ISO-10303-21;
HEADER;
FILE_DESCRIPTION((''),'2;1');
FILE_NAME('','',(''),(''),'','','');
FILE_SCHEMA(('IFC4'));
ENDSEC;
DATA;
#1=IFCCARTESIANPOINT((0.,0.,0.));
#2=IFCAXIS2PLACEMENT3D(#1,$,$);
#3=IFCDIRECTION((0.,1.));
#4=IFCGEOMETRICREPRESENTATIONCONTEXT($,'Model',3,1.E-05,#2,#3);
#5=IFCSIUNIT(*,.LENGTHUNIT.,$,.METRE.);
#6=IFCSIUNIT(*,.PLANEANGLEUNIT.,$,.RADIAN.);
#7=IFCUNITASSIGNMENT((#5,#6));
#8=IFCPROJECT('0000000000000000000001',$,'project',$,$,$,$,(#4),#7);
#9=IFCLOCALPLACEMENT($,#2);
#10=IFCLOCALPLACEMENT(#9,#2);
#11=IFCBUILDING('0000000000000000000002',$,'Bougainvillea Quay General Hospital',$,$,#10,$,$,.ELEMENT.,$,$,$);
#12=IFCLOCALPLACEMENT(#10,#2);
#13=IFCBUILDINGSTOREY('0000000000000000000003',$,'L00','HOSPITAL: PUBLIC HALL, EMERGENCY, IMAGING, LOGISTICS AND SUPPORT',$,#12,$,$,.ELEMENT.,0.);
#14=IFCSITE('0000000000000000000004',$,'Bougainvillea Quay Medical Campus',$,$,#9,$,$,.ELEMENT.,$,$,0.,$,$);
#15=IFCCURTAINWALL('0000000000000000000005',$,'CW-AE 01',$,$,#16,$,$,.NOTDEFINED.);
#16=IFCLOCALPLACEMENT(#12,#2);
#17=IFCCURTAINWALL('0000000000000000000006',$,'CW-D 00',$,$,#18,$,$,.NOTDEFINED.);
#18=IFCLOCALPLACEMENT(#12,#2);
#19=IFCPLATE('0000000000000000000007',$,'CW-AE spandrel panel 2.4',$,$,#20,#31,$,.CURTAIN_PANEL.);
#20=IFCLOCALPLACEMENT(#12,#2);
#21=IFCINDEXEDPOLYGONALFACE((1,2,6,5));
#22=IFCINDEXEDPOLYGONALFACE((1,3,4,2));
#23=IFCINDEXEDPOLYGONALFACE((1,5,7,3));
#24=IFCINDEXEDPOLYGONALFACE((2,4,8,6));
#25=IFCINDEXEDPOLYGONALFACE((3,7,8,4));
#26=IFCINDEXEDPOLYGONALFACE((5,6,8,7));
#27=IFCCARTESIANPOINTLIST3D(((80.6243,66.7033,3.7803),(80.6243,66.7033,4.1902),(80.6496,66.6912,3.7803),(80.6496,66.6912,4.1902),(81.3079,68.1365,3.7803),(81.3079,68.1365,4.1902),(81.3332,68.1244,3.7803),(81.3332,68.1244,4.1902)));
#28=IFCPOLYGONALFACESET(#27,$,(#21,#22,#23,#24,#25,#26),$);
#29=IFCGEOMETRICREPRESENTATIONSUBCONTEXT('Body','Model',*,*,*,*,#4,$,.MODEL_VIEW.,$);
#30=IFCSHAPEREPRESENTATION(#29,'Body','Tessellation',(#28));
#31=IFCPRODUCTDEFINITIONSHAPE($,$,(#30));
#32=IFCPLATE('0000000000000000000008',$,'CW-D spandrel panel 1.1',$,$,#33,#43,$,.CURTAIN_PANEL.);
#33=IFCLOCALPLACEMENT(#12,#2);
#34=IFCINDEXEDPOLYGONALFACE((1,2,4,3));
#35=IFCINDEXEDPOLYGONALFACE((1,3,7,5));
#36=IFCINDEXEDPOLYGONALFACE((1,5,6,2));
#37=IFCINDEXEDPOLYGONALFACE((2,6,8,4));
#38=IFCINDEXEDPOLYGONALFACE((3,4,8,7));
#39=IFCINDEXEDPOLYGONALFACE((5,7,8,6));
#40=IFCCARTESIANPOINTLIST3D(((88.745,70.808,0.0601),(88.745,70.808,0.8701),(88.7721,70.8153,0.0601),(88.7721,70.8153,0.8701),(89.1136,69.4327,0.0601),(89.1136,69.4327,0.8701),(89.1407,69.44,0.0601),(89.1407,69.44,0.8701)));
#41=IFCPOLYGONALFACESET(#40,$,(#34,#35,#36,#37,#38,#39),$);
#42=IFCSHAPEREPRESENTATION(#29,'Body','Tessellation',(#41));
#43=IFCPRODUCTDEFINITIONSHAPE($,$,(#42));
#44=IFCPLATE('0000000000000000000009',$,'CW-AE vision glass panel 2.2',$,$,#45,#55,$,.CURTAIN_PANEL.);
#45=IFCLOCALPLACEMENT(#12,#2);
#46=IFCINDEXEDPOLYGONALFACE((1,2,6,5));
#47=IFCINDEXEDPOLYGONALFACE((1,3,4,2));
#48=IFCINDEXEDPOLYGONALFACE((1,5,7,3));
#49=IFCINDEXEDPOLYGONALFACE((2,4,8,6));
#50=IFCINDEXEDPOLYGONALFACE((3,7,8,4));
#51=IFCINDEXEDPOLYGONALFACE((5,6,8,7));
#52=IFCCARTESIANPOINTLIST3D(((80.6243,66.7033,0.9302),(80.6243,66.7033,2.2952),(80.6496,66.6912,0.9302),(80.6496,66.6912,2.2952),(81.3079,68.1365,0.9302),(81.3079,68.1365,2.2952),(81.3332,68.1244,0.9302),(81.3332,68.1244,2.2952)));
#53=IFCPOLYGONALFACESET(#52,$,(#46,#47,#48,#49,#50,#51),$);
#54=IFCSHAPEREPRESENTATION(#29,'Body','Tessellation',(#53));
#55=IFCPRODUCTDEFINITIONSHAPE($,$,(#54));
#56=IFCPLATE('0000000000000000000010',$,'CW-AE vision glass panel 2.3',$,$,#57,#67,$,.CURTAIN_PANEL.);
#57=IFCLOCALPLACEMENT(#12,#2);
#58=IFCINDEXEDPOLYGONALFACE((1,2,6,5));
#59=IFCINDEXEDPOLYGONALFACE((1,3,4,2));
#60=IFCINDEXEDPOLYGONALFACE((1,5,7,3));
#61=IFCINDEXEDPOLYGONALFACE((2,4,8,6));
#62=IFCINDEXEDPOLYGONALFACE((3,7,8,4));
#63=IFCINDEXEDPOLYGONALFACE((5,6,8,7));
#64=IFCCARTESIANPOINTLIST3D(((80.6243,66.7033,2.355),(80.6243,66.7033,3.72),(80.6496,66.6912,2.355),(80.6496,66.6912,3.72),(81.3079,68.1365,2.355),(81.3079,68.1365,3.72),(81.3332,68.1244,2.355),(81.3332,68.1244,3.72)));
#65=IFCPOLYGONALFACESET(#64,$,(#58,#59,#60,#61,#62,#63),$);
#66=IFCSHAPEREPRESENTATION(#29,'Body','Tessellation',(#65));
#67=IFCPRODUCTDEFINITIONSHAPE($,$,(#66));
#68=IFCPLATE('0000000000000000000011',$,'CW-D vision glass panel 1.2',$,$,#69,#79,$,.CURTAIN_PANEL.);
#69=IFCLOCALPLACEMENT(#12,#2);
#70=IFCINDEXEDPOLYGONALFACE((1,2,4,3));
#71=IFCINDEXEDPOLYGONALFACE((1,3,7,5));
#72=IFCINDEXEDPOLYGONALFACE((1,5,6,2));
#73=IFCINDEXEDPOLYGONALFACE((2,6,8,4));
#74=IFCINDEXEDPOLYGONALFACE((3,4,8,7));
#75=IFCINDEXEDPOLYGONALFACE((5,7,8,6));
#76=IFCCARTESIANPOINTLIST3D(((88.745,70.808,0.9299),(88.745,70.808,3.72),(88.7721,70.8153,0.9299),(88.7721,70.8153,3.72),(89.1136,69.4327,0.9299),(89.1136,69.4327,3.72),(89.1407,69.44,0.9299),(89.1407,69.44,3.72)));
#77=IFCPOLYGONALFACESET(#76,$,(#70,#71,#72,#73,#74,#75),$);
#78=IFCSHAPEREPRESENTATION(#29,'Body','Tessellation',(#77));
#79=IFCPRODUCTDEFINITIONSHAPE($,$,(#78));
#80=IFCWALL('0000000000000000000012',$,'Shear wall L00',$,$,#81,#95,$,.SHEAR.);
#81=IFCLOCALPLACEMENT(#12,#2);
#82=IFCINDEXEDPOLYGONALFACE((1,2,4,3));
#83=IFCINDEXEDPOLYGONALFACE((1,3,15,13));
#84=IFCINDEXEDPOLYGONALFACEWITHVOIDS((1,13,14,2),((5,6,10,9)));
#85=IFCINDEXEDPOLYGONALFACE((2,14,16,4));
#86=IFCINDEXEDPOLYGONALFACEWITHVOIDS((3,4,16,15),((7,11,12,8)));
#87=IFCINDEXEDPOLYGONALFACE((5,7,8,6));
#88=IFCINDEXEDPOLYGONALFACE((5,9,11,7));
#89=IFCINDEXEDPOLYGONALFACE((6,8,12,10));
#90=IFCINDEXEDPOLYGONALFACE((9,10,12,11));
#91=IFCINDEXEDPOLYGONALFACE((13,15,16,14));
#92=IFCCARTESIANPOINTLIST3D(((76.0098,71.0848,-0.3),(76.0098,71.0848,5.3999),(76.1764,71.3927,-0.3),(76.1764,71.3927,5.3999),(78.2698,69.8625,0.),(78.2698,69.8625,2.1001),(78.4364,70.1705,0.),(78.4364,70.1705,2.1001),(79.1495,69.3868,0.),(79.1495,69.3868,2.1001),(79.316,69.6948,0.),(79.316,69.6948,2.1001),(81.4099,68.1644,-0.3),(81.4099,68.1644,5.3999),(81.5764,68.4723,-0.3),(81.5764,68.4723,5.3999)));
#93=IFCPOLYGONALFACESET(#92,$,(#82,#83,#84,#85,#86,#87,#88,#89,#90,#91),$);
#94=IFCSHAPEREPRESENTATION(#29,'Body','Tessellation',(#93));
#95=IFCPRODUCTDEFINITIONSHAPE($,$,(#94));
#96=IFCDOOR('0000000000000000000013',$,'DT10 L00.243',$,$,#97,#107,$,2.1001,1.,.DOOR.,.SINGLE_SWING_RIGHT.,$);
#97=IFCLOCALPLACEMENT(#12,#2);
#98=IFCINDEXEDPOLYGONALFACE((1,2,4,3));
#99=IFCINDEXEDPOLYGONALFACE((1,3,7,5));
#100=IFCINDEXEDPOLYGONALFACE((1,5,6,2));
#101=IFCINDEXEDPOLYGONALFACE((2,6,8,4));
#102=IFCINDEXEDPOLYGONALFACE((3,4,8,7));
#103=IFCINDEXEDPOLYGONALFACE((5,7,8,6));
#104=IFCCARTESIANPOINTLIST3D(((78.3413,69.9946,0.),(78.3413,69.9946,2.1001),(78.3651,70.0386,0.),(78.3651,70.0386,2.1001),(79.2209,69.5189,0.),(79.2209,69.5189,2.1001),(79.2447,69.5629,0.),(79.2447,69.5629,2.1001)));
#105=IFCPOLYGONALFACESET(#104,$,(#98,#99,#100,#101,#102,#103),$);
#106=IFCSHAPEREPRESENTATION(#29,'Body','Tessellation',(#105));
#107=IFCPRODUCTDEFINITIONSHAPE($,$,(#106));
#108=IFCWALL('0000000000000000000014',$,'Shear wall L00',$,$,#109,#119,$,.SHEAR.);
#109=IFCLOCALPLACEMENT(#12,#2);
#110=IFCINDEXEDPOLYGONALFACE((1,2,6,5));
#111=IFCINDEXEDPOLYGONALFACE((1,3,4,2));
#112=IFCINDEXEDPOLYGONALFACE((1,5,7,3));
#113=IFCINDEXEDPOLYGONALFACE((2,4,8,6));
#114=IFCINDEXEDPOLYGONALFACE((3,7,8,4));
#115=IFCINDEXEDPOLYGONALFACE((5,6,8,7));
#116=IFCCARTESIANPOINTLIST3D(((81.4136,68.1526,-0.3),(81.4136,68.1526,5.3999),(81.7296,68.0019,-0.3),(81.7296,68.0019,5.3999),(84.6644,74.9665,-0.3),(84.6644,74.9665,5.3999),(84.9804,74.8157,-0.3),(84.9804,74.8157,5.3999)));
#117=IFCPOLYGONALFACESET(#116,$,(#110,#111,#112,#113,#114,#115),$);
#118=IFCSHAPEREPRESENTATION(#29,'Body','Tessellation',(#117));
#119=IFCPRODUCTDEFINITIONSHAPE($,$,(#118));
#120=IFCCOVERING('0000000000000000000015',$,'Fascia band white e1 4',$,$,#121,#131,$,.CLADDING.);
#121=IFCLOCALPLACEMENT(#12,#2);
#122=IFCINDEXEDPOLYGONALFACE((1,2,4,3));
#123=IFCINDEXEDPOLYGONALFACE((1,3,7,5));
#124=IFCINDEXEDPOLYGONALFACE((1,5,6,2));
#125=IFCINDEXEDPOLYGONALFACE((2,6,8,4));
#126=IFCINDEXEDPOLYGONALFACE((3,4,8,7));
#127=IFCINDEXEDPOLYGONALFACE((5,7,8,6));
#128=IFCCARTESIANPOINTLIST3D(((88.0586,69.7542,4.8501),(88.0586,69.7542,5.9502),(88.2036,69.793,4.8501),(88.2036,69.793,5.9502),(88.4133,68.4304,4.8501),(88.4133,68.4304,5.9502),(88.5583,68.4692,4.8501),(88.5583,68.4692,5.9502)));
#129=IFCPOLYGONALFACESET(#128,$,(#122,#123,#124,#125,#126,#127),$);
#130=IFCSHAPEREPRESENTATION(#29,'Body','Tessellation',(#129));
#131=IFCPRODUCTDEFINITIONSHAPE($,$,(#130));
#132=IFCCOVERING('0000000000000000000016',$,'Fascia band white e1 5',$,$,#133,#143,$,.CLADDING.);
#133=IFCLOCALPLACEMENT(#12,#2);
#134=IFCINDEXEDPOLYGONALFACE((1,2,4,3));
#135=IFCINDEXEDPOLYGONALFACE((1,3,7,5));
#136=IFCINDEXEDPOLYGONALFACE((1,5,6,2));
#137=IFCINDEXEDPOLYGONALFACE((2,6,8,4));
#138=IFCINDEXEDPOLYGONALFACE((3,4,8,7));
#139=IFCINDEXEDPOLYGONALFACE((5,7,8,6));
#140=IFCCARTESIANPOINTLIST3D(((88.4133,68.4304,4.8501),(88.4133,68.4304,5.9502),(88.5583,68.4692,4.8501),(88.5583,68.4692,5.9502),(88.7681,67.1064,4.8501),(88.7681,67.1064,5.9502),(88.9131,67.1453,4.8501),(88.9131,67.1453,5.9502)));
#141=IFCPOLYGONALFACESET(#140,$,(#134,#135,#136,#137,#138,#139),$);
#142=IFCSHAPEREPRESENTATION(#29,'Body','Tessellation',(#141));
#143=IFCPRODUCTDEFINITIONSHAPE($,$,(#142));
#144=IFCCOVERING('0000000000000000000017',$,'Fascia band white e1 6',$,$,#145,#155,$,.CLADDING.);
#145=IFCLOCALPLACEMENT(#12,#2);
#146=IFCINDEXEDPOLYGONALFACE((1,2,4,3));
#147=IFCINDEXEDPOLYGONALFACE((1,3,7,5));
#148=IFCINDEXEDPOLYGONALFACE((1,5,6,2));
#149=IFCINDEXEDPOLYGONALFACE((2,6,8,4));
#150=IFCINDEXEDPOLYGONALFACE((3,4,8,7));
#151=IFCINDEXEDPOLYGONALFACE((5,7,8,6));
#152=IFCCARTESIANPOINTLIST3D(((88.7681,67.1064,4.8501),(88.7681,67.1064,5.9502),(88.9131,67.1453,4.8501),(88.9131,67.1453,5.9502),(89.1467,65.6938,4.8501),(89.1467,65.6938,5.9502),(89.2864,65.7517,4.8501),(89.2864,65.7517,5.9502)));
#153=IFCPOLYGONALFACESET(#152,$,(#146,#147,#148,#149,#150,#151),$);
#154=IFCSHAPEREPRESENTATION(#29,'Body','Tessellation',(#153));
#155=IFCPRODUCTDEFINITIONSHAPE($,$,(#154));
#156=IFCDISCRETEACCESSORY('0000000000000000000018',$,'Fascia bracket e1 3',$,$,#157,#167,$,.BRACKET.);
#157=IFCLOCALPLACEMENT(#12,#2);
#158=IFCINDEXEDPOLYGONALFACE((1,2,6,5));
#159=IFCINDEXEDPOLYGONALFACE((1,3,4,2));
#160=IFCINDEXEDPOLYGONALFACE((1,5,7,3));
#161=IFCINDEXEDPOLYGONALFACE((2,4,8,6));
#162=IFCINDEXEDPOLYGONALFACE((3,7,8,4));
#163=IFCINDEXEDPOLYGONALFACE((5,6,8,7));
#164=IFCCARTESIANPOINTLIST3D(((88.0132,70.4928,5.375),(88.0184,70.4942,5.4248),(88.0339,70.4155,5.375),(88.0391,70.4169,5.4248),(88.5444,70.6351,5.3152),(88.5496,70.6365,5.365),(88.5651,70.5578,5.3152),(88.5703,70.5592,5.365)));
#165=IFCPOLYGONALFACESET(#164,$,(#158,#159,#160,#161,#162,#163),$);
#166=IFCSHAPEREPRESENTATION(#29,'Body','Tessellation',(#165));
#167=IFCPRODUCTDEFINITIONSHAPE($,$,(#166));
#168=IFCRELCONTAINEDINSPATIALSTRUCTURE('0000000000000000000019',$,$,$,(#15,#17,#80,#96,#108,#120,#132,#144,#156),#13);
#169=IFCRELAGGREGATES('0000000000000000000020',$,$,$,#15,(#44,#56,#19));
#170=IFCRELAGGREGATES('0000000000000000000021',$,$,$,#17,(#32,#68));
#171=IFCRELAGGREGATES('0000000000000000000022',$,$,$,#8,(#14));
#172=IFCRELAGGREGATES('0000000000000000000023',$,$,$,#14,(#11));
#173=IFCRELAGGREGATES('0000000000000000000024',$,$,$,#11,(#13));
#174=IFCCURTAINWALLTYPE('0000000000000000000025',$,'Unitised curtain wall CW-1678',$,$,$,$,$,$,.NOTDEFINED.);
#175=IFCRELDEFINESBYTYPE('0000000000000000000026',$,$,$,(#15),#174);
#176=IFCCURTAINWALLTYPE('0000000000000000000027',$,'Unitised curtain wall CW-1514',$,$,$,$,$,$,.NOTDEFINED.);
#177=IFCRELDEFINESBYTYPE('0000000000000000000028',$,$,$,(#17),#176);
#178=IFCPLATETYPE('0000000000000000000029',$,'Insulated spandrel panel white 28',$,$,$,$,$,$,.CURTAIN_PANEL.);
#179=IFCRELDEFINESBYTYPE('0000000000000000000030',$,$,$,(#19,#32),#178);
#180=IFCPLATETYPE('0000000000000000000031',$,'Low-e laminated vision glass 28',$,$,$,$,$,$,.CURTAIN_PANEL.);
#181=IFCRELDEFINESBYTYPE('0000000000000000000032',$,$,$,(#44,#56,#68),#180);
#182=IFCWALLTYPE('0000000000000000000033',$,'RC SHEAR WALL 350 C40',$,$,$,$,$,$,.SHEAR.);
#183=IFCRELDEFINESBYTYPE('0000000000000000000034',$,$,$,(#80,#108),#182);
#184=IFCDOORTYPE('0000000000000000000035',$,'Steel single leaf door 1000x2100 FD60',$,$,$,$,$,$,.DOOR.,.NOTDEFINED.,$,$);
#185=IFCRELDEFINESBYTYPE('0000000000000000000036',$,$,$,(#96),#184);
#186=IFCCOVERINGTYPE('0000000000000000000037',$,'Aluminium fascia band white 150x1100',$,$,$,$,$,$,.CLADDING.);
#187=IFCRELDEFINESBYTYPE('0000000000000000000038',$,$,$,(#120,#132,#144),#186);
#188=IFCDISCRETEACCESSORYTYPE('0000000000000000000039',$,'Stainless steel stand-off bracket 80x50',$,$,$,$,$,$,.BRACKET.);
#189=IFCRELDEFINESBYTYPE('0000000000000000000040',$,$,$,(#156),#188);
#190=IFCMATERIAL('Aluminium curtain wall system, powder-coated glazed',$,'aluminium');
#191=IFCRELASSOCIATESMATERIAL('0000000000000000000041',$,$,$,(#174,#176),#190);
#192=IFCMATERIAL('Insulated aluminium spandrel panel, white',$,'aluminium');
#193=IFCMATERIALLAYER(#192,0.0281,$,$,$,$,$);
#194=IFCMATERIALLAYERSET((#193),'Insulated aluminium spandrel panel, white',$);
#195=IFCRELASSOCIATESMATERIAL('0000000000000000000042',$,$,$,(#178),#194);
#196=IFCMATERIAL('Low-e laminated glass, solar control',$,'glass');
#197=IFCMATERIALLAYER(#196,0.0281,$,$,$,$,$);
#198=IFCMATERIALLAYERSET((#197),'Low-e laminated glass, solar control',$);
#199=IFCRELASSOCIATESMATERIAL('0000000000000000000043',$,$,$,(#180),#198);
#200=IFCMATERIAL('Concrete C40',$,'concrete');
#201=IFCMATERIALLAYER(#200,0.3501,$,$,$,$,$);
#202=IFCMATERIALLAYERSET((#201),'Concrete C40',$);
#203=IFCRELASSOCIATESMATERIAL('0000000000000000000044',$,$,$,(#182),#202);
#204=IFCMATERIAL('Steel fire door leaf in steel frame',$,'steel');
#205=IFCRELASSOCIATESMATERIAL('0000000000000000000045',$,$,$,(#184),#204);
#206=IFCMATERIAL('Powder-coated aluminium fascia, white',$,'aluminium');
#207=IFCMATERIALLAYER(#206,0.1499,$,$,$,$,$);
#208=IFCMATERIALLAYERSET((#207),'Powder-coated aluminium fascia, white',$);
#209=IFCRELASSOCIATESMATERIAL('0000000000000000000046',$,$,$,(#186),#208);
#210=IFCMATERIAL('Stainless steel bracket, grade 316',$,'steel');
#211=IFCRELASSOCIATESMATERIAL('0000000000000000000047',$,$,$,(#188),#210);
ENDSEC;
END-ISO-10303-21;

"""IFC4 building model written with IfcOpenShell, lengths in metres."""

from ifc_helpers import new_model, si_unit, direction, frame, frame_2d, origin, origin_2d, place, context, subcontext, project, spatial, polyline, rectangle, outline, extrude, material, layer, layer_set, material_profile, profile_set, type_object, element, fill, aggregate, save


model = new_model("IFC4")

# Units and contexts
model_context = context("Model", 3, precision=1e-05, world=origin(), true_north=direction((0.0, 1.0)))
body_context = subcontext(model_context, "Body", "Model", "MODEL_VIEW")
ifc_project = project(units=[si_unit("LENGTHUNIT", "METRE"), si_unit("PLANEANGLEUNIT", "RADIAN")], contexts=[model_context])

# Site, building, storey
site_placement = place(None, origin())
site = spatial("IfcSite", under=ifc_project, at=site_placement, Name="Bougainvillea Quay Medical Campus", CompositionType="ELEMENT", RefElevation=0.0)
building_placement = place(site_placement, origin())
building = spatial("IfcBuilding", under=site, at=building_placement, Name="Bougainvillea Quay General Hospital", CompositionType="ELEMENT")
storey_placement = place(building_placement, origin())
storey = spatial("IfcBuildingStorey", under=building, at=storey_placement, Name="L00", Description="HOSPITAL: PUBLIC HALL, EMERGENCY, IMAGING, LOGISTICS AND SUPPORT", CompositionType="ELEMENT", Elevation=0.0)

# Shared definitions
ifc_material_1 = material(Name="Concrete C40", Category="concrete")

# Curtain wall
ifc_material_2 = material(Name="Aluminium curtain wall system, powder-coated glazed", Category="aluminium")
curtain_wall_type_1 = type_object("IfcCurtainWallType", Name="Unitised curtain wall CW-1678", PredefinedType="NOTDEFINED", material=ifc_material_2)
curtain_wall_1_placement = place(storey_placement, origin())
curtain_wall_1 = element("IfcCurtainWall", 1, at=curtain_wall_1_placement, inside=storey, type_object=curtain_wall_type_1, Name="CW-AE 01", PredefinedType="NOTDEFINED")

# Curtain wall
curtain_wall_type_2 = type_object("IfcCurtainWallType", Name="Unitised curtain wall CW-1514", PredefinedType="NOTDEFINED", material=ifc_material_2)
curtain_wall_2_placement = place(storey_placement, origin())
curtain_wall_2 = element("IfcCurtainWall", 2, at=curtain_wall_2_placement, inside=storey, type_object=curtain_wall_type_2, Name="CW-D 00", PredefinedType="NOTDEFINED")

# Plates
ifc_material_3 = material(Name="Insulated aluminium spandrel panel, white", Category="aluminium")
ifc_layer_1 = layer(ifc_material_3, 0.0281)
ifc_layer_set_1 = layer_set([ifc_layer_1], Name="Insulated aluminium spandrel panel, white")
plate_type_1 = type_object("IfcPlateType", Name="Insulated spandrel panel white 28", PredefinedType="CURTAIN_PANEL", material=ifc_layer_set_1)
plate_1_placement = place(storey_placement, frame((80.9788, 67.4138, 3.7803), z_axis=(0.0, 0.0, 1.0), x_axis=(0.43053, 0.902576, 0.0)))
plate_1 = element("IfcPlate", 3, at=plate_1_placement, type_object=plate_type_1, Name="CW-AE spandrel panel 2.4", PredefinedType="CURTAIN_PANEL", context=body_context, shape_type="SweptSolid", body=[
    extrude(rectangle(XDim=1.5879, YDim=0.0281, at=origin_2d()), origin(), (0.0, 0.0, 1.0), 0.4099),
])
plate_2_placement = place(storey_placement, frame((88.9429, 70.124, 0.0601), z_axis=(0.0, 0.0, 1.0), x_axis=(0.258855, -0.965916, 0.0)))
plate_2 = element("IfcPlate", 4, at=plate_2_placement, type_object=plate_type_1, Name="CW-D spandrel panel 1.1", PredefinedType="CURTAIN_PANEL", context=body_context, shape_type="SweptSolid", body=[
    extrude(rectangle(XDim=1.4238, YDim=0.0281, at=origin_2d()), origin(), (0.0, 0.0, 1.0), 0.8101),
])
ifc_material_4 = material(Name="Low-e laminated glass, solar control", Category="glass")
ifc_layer_2 = layer(ifc_material_4, 0.0281)
ifc_layer_set_2 = layer_set([ifc_layer_2], Name="Low-e laminated glass, solar control")
plate_type_2 = type_object("IfcPlateType", Name="Low-e laminated vision glass 28", PredefinedType="CURTAIN_PANEL", material=ifc_layer_set_2)
plate_3_placement = place(storey_placement, frame((80.9788, 67.4138, 0.9302), z_axis=(0.0, 0.0, 1.0), x_axis=(0.43053, 0.902576, 0.0)))
plate_3 = element("IfcPlate", 5, at=plate_3_placement, type_object=plate_type_2, Name="CW-AE vision glass panel 2.2", PredefinedType="CURTAIN_PANEL", context=body_context, shape_type="SweptSolid", body=[
    extrude(rectangle(XDim=1.5879, YDim=0.0281, at=origin_2d()), origin(), (0.0, 0.0, 1.0), 1.365),
])
plate_4_placement = place(storey_placement, frame((80.9788, 67.4138, 2.355), z_axis=(0.0, 0.0, 1.0), x_axis=(0.43053, 0.902576, 0.0)))
plate_4 = element("IfcPlate", 6, at=plate_4_placement, type_object=plate_type_2, Name="CW-AE vision glass panel 2.3", PredefinedType="CURTAIN_PANEL", context=body_context, shape_type="SweptSolid", body=[
    extrude(rectangle(XDim=1.5879, YDim=0.0281, at=origin_2d()), origin(), (0.0, 0.0, 1.0), 1.365),
])
aggregate(curtain_wall_1, [plate_3, plate_4, plate_1])
plate_5_placement = place(storey_placement, frame((88.9429, 70.124, 0.9299), z_axis=(0.0, 0.0, 1.0), x_axis=(0.258855, -0.965916, 0.0)))
plate_5 = element("IfcPlate", 7, at=plate_5_placement, type_object=plate_type_2, Name="CW-D vision glass panel 1.2", PredefinedType="CURTAIN_PANEL", context=body_context, shape_type="SweptSolid", body=[
    extrude(rectangle(XDim=1.4238, YDim=0.0281, at=origin_2d()), origin(), (0.0, 0.0, 1.0), 2.79),
])
aggregate(curtain_wall_2, [plate_2, plate_5])

# Wall, opening, door
ifc_layer_3 = layer(ifc_material_1, 0.3501)
ifc_layer_set_3 = layer_set([ifc_layer_3], Name="Concrete C40")
wall_type = type_object("IfcWallType", Name="RC SHEAR WALL 350 C40", PredefinedType="SHEAR", material=ifc_layer_set_3)
wall_1_placement = place(storey_placement, frame((81.4932, 68.3184, -0.3), z_axis=(0.0, 0.0, 1.0), x_axis=(-0.87961, 0.475695, 0.0)))
wall_1 = element("IfcWall", 8, at=wall_1_placement, inside=storey, type_object=wall_type, Name="Shear wall L00", PredefinedType="SHEAR", context=body_context, shape_type="SweptSolid", body=[
    extrude(rectangle(XDim=6.1392, YDim=0.3501, at=frame_2d((3.0696, 0.0))), origin(), (0.0, 0.0, 1.0), 5.7),
])
opening_placement = place(wall_1_placement, frame((2.5698, 0.0, 0.3)))
opening = element("IfcOpeningElement", 9, at=opening_placement, cuts=wall_1, PredefinedType="OPENING", context=body_context, shape_type="SweptSolid", body=[
    extrude(rectangle(XDim=1.0, YDim=2.1001, at=frame_2d((0.5, 1.05))), frame((0.0, 0.1851, 0.0), z_axis=(0.0, -1.0, 0.0), x_axis=(1.0, 0.0, 0.0)), (0.0, 0.0, 1.0), 0.3701),
])
ifc_material_5 = material(Name="Steel fire door leaf in steel frame", Category="steel")
door_type = type_object("IfcDoorType", Name="Steel single leaf door 1000x2100 FD60", OperationType="NOTDEFINED", PredefinedType="DOOR", material=ifc_material_5)
door_placement = place(opening_placement, origin())
door = element("IfcDoor", 10, at=door_placement, inside=storey, type_object=door_type, Name="DT10 L00.243", OperationType="SINGLE_SWING_RIGHT", OverallHeight=2.1001, OverallWidth=1.0, PredefinedType="DOOR", context=body_context, shape_type="SweptSolid", body=[
    extrude(rectangle(XDim=1.0, YDim=2.1001, at=frame_2d((0.5, 1.05))), frame((0.0, 0.0249, 0.0), z_axis=(0.0, -1.0, 0.0), x_axis=(1.0, 0.0, 0.0)), (0.0, 0.0, 1.0), 0.05),
])
fill(opening, door)

# Wall
wall_2_placement = place(storey_placement, frame((81.5715, 68.0771, -0.3), z_axis=(0.0, 0.0, 1.0), x_axis=(0.430592, 0.902546, 0.0)))
element("IfcWall", 11, at=wall_2_placement, inside=storey, type_object=wall_type, Name="Shear wall L00", PredefinedType="SHEAR", context=body_context, shape_type="SweptSolid", body=[
    extrude(rectangle(XDim=7.5496, YDim=0.3501, at=frame_2d((3.7749, 0.0))), origin(), (0.0, 0.0, 1.0), 5.7),
])

# Coverings
ifc_material_6 = material(Name="Powder-coated aluminium fascia, white", Category="aluminium")
ifc_layer_4 = layer(ifc_material_6, 0.1499)
ifc_layer_set_4 = layer_set([ifc_layer_4], Name="Powder-coated aluminium fascia, white")
covering_type = type_object("IfcCoveringType", Name="Aluminium fascia band white 150x1100", PredefinedType="CLADDING", material=ifc_layer_set_4)
covering_1_placement = place(storey_placement, frame((88.2036, 69.793, 4.8501), z_axis=(0.0, 0.0, 1.0), x_axis=(0.258849, -0.965918, 0.0)))
element("IfcCovering", 12, at=covering_1_placement, inside=storey, type_object=covering_type, Name="Fascia band white e1 4", PredefinedType="CLADDING", context=body_context, shape_type="SweptSolid", body=[
    extrude(outline(polyline([(0.0, 0.0), (1.3704, 0.0), (1.3704, -0.1501), (0.0, -0.1501), (0.0, 0.0)])), origin(), (0.0, 0.0, 1.0), 1.1001),
])
covering_2_placement = place(storey_placement, frame((88.5583, 68.4692, 4.8501), z_axis=(0.0, 0.0, 1.0), x_axis=(0.258804, -0.96593, 0.0)))
element("IfcCovering", 13, at=covering_2_placement, inside=storey, type_object=covering_type, Name="Fascia band white e1 5", PredefinedType="CLADDING", context=body_context, shape_type="SweptSolid", body=[
    extrude(outline(polyline([(0.0, 0.0), (1.3707, 0.0), (1.3706, -0.1501), (0.0, -0.1501), (0.0, 0.0)])), origin(), (0.0, 0.0, 1.0), 1.1001),
])
covering_3_placement = place(storey_placement, frame((88.9131, 67.1453, 4.8501), z_axis=(0.0, 0.0, 1.0), x_axis=(0.258747, -0.965945, 0.0)))
element("IfcCovering", 14, at=covering_3_placement, inside=storey, type_object=covering_type, Name="Fascia band white e1 6", PredefinedType="CLADDING", context=body_context, shape_type="SweptSolid", body=[
    extrude(outline(polyline([(0.0, 0.0), (1.4427, 0.0), (1.4624, -0.1499), (0.0, -0.1501), (0.0, 0.0)])), origin(), (0.0, 0.0, 1.0), 1.1001),
])

# Discrete accessory
ifc_material_7 = material(Name="Stainless steel bracket, grade 316", Category="steel")
ifc_material_profile_1 = material_profile(ifc_material_7, rectangle(XDim=0.0801, YDim=0.05, at=origin_2d()))
ifc_profile_set_1 = profile_set([ifc_material_profile_1], Name="Stainless steel bracket, grade 316")
discrete_accessory_type = type_object("IfcDiscreteAccessoryType", Name="Stainless steel stand-off bracket 80x50", PredefinedType="BRACKET", material=ifc_profile_set_1)
discrete_accessory_placement = place(storey_placement, frame((88.5574, 70.5972, 5.3401), z_axis=(-0.96027, -0.257278, 0.108119), x_axis=(0.258795, -0.965932, 0.0)))
element("IfcDiscreteAccessory", 15, at=discrete_accessory_placement, inside=storey, type_object=discrete_accessory_type, Name="Fascia bracket e1 3", PredefinedType="BRACKET", context=body_context, shape_type="SweptSolid", body=[
    extrude(rectangle(XDim=0.0801, YDim=0.05, at=origin_2d()), origin(), (0.0, 0.0, 1.0), 0.5532),
])

save(model, "model.ifc")
